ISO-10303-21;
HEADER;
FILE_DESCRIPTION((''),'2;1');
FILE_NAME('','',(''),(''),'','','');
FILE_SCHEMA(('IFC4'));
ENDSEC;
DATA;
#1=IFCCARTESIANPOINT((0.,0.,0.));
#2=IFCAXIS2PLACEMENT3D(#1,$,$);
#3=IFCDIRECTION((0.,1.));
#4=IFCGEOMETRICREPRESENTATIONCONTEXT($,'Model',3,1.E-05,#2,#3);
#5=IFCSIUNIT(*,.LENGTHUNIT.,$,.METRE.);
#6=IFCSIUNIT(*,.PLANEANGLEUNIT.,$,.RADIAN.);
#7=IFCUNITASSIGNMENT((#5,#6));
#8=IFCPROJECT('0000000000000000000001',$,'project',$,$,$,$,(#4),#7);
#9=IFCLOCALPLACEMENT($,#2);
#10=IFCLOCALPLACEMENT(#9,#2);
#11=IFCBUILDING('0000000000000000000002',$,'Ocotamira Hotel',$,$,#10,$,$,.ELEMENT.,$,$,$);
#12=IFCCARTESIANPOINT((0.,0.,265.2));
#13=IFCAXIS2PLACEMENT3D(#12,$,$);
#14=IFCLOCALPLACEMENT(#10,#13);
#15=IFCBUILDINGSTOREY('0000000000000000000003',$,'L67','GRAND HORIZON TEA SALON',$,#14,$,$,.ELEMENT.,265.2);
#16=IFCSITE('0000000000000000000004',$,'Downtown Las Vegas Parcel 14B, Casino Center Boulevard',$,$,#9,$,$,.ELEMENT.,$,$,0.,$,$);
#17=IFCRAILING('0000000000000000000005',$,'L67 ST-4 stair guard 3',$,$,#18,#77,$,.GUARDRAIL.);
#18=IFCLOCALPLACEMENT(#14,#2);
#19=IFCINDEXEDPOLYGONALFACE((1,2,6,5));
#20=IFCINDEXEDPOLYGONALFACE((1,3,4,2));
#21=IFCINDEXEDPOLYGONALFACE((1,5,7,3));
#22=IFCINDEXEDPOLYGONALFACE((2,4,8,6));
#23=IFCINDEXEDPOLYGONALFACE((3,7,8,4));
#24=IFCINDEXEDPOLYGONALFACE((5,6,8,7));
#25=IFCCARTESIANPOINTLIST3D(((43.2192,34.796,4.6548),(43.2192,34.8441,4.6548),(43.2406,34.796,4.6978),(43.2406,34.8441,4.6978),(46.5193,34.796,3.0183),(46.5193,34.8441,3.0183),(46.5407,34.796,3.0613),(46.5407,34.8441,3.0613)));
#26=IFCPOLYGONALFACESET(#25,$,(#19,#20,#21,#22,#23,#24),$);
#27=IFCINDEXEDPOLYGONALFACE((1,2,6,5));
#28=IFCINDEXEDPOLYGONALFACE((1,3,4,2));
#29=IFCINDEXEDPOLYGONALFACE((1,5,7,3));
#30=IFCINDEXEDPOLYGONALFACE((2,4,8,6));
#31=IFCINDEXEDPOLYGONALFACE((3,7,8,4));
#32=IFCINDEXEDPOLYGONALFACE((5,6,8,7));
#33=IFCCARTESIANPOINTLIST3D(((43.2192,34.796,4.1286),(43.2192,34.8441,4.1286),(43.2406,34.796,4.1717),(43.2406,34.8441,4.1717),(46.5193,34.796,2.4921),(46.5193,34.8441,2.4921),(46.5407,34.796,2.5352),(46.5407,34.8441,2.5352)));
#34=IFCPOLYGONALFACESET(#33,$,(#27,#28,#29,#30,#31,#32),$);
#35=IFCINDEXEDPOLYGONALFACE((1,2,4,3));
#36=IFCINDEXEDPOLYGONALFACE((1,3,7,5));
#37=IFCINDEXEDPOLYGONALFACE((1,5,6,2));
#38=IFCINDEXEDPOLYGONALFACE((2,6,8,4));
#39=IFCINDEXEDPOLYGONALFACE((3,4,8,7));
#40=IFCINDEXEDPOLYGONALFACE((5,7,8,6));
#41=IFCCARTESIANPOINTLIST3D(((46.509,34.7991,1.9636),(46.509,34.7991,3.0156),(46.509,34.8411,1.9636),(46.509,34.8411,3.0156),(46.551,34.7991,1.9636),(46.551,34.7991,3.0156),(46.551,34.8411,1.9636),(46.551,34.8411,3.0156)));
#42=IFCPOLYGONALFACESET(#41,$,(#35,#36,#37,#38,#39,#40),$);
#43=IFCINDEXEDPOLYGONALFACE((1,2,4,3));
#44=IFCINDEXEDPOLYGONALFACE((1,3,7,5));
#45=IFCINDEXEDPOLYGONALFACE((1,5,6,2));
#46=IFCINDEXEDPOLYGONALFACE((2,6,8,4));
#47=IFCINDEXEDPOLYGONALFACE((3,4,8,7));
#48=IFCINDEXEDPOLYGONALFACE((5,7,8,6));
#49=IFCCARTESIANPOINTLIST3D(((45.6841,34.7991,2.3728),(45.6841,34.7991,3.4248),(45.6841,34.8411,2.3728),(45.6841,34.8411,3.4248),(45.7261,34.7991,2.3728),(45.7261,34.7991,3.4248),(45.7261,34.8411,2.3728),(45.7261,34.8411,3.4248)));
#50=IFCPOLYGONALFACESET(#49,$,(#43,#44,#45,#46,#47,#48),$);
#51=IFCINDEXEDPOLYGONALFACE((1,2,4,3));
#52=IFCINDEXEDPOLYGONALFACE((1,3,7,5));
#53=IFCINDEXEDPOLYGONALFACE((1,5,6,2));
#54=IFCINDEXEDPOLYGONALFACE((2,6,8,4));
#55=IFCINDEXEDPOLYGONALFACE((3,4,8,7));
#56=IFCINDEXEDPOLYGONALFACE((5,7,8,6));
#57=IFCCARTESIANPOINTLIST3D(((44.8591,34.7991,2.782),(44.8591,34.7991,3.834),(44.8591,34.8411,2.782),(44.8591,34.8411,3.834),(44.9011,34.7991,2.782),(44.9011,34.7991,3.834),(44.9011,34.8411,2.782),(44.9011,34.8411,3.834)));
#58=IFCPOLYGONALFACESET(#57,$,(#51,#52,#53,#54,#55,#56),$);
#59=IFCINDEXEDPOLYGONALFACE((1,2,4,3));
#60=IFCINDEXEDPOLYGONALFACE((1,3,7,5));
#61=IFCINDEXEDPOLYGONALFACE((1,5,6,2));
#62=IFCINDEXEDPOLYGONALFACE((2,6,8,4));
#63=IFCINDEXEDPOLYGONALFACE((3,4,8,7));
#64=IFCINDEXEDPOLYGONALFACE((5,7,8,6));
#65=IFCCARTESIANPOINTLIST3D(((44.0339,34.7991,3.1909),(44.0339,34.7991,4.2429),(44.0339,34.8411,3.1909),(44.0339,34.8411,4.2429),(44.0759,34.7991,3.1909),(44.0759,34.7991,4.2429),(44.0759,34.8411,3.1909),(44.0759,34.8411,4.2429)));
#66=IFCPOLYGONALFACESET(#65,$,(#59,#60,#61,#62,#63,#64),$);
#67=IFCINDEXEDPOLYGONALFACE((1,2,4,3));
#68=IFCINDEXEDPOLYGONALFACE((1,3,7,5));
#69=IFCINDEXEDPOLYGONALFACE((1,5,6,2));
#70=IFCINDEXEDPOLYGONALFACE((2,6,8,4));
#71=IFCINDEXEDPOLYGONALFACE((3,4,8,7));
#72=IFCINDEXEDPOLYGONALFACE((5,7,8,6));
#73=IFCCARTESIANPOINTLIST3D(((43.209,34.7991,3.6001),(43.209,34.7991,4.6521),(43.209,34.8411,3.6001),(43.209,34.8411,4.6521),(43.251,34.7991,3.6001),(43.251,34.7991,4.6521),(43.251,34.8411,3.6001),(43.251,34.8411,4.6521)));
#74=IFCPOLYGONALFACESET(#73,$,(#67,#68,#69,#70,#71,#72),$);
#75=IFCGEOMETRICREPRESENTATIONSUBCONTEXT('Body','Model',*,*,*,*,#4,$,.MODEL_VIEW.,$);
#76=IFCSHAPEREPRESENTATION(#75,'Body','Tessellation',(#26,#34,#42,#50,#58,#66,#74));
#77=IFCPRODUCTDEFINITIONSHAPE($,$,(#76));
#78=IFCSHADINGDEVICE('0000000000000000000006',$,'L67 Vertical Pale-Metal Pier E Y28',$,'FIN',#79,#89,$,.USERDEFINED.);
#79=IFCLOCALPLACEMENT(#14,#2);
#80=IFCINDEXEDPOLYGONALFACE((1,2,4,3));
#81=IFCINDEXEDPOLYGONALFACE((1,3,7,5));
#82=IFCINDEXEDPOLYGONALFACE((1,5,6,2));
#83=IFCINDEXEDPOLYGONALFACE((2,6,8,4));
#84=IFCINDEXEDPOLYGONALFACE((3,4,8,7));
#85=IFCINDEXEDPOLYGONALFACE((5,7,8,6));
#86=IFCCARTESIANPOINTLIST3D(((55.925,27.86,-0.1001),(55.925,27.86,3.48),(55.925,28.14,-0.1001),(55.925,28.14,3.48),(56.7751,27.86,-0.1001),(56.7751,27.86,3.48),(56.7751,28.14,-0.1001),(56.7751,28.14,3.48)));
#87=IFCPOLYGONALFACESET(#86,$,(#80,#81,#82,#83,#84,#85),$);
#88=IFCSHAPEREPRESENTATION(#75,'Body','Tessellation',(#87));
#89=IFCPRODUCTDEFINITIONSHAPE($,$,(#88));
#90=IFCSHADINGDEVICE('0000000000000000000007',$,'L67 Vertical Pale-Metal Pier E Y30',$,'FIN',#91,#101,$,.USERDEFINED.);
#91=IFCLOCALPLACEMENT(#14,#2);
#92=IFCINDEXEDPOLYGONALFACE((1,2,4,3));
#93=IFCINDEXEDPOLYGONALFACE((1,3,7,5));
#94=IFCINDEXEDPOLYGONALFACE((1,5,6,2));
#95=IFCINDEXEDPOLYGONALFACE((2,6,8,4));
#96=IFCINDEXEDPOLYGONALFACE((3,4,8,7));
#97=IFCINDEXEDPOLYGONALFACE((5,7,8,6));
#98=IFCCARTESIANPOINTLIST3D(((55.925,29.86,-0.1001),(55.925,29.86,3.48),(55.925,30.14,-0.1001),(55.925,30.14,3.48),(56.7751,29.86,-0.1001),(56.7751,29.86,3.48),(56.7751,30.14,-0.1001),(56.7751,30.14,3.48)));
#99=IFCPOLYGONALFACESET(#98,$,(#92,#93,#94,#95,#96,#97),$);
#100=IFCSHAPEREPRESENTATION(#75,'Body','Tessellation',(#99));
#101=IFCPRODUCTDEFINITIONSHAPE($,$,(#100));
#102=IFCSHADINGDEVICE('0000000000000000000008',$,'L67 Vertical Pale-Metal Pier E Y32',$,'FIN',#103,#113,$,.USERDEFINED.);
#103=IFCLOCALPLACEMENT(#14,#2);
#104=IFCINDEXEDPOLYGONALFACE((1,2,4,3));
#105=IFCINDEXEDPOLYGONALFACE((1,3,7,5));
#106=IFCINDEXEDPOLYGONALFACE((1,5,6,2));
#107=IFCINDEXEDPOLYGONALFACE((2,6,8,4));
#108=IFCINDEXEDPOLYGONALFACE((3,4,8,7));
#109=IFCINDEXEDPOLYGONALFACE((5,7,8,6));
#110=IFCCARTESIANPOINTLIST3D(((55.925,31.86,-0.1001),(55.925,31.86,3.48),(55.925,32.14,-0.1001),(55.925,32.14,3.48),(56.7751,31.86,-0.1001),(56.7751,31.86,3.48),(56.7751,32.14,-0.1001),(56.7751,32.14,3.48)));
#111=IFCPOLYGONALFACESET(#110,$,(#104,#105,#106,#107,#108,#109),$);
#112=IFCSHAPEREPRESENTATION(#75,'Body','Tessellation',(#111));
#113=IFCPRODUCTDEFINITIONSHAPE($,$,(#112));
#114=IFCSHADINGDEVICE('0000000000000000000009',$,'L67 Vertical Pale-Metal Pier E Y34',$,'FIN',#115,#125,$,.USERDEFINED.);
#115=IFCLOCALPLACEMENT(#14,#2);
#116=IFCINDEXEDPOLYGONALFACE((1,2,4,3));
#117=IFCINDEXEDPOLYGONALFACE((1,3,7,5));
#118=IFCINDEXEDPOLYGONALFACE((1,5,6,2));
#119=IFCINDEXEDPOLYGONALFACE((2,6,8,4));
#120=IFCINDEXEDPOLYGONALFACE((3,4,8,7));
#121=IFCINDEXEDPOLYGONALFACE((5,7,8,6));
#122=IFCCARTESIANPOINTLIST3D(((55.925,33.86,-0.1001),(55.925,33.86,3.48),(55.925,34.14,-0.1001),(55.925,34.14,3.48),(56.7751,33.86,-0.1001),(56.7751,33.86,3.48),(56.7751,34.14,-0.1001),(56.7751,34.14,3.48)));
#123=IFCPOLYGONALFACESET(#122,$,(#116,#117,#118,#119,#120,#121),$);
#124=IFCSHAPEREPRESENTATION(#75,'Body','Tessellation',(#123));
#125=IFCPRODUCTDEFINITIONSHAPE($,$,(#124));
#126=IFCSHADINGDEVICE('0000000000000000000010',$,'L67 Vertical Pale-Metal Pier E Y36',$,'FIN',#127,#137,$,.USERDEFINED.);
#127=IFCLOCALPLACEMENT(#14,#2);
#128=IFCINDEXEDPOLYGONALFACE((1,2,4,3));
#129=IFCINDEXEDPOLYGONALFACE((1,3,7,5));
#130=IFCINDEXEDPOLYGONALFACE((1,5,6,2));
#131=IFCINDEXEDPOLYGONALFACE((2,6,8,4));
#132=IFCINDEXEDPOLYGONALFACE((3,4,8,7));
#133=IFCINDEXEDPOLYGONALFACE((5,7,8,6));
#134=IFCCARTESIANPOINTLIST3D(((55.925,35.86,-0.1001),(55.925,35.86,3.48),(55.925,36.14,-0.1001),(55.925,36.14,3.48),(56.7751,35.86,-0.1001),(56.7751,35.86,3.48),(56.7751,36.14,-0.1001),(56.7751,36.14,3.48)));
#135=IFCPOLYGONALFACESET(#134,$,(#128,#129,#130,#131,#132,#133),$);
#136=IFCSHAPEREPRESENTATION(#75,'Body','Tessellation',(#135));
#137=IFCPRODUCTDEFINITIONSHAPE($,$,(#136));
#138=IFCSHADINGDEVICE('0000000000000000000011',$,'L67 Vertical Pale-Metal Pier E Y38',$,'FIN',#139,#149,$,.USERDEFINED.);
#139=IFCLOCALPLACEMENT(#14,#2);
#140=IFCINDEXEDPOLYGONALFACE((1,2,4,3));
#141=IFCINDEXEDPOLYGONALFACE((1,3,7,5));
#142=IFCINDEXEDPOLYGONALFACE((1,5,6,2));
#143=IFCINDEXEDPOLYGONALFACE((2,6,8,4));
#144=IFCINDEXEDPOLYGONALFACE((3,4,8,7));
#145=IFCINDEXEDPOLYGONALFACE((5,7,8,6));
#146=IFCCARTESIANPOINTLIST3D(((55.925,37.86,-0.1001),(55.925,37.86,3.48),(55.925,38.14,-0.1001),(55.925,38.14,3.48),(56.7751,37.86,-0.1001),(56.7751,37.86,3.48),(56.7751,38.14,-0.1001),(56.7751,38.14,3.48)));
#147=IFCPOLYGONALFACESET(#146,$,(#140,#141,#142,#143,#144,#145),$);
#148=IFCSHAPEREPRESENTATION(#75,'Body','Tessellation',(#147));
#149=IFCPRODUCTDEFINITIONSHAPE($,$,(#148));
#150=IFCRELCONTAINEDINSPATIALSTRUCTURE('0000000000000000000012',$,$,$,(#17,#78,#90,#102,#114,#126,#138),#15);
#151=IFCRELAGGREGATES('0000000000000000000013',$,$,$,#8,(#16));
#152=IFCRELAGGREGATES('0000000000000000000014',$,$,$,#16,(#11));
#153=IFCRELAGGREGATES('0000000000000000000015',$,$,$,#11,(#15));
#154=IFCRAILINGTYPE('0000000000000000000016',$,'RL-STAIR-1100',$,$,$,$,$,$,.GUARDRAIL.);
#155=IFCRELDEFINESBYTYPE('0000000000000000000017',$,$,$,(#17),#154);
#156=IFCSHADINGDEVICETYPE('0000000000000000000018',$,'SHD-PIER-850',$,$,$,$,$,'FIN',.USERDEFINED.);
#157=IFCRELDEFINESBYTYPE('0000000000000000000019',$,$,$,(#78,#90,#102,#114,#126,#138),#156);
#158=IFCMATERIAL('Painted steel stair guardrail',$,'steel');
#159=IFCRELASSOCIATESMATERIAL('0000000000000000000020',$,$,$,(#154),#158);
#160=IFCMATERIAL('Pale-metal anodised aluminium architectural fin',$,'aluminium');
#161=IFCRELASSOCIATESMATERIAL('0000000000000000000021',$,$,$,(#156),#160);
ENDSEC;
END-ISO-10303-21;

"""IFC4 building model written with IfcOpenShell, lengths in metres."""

from ifc_helpers import new_model, si_unit, direction, frame, origin, origin_2d, place, context, subcontext, project, spatial, rectangle, extrude, source, transform, mapped, material, type_object, element, save


model = new_model("IFC4")

# Units and contexts
model_context = context("Model", 3, precision=1e-05, world=origin(), true_north=direction((0.0, 1.0)))
body_context = subcontext(model_context, "Body", "Model", "MODEL_VIEW")
ifc_project = project(units=[si_unit("LENGTHUNIT", "METRE"), si_unit("PLANEANGLEUNIT", "RADIAN")], contexts=[model_context])

# Site, building, storey
site_placement = place(None, origin())
site = spatial("IfcSite", under=ifc_project, at=site_placement, Name="Downtown Las Vegas Parcel 14B, Casino Center Boulevard", CompositionType="ELEMENT", RefElevation=0.0)
building_placement = place(site_placement, origin())
building = spatial("IfcBuilding", under=site, at=building_placement, Name="Ocotamira Hotel", CompositionType="ELEMENT")
storey_placement = place(building_placement, frame((0.0, 0.0, 265.2)))
storey = spatial("IfcBuildingStorey", under=building, at=storey_placement, Name="L67", Description="GRAND HORIZON TEA SALON", CompositionType="ELEMENT", Elevation=265.2)

# Railing
ifc_material_1 = material(Name="Painted steel stair guardrail", Category="steel")
railing_type_1 = type_object("IfcRailingType", Name="RL-STAIR-1100", PredefinedType="GUARDRAIL", material=ifc_material_1)
railing_1_placement = place(storey_placement, frame((46.53, 34.8201, 1.9636)))
element("IfcRailing", 1, at=railing_1_placement, inside=storey, type_object=railing_type_1, Name="L67 ST-4 stair guard 3", PredefinedType="GUARDRAIL", context=body_context, shape_type="SweptSolid", body=[
    extrude(rectangle(XDim=0.0481, YDim=0.0481, at=origin_2d()), frame((0.0, 0.0, 1.0762), z_axis=(-0.895894, 0.0, 0.444268), x_axis=(0.0, -1.0, 0.0)), (0.0, 0.0, 1.0), 3.6836),
    extrude(rectangle(XDim=0.0481, YDim=0.0481, at=origin_2d()), frame((0.0, 0.0, 0.55), z_axis=(-0.895894, 0.0, 0.444268), x_axis=(0.0, -1.0, 0.0)), (0.0, 0.0, 1.0), 3.6836),
    extrude(rectangle(XDim=0.042, YDim=0.042, at=origin_2d()), origin(), (0.0, 0.0, 1.0), 1.052),
    extrude(rectangle(XDim=0.042, YDim=0.042, at=origin_2d()), frame((-0.825, 0.0, 0.4092)), (0.0, 0.0, 1.0), 1.052),
    extrude(rectangle(XDim=0.042, YDim=0.042, at=origin_2d()), frame((-1.6499, 0.0, 0.8184)), (0.0, 0.0, 1.0), 1.052),
    extrude(rectangle(XDim=0.042, YDim=0.042, at=origin_2d()), frame((-2.4751, 0.0, 1.2273)), (0.0, 0.0, 1.0), 1.052),
    extrude(rectangle(XDim=0.042, YDim=0.042, at=origin_2d()), frame((-3.3, 0.0, 1.6365)), (0.0, 0.0, 1.0), 1.052),
])

# Shading devices
ifc_material_2 = material(Name="Pale-metal anodised aluminium architectural fin", Category="aluminium")
shading_device_type = type_object("IfcShadingDeviceType", Name="SHD-PIER-850", ElementType="FIN", PredefinedType="USERDEFINED", material=ifc_material_2)
shared_shape_1 = source(origin(), body_context, "Body", "SweptSolid", [
    extrude(rectangle(XDim=0.8501, YDim=0.28, at=origin_2d()), origin(), (0.0, 0.0, 1.0), 3.5801),
])
for number, where, z_axis, x_axis, name in (
    (2, (56.3501, 28.0, -0.1001), (0.0, 0.0, 1.0), (1.0, 0.0, 0.0), "L67 Vertical Pale-Metal Pier E Y28"),
    (3, (56.3501, 30.0, -0.1001), (0.0, 0.0, 1.0), (1.0, 0.0, 0.0), "L67 Vertical Pale-Metal Pier E Y30"),
    (4, (56.3501, 32.0, -0.1001), (0.0, 0.0, 1.0), (1.0, 0.0, 0.0), "L67 Vertical Pale-Metal Pier E Y32"),
    (5, (56.3501, 34.0, -0.1001), (0.0, 0.0, 1.0), (1.0, 0.0, 0.0), "L67 Vertical Pale-Metal Pier E Y34"),
    (6, (56.3501, 36.0, -0.1001), (0.0, 0.0, 1.0), (1.0, 0.0, 0.0), "L67 Vertical Pale-Metal Pier E Y36"),
    (7, (56.3501, 38.0, -0.1001), (0.0, 0.0, 1.0), (1.0, 0.0, 0.0), "L67 Vertical Pale-Metal Pier E Y38"),
):
    element("IfcShadingDevice", number, at=place(storey_placement, frame(where, z_axis=z_axis, x_axis=x_axis)), inside=storey, type_object=shading_device_type, Name=name, ObjectType="FIN", PredefinedType="USERDEFINED", context=body_context, shape_type="MappedRepresentation", body=[
        mapped(shared_shape_1, transform((0.0, 0.0, 0.0), scale=1.0)),
    ])

save(model, "model.ifc")
